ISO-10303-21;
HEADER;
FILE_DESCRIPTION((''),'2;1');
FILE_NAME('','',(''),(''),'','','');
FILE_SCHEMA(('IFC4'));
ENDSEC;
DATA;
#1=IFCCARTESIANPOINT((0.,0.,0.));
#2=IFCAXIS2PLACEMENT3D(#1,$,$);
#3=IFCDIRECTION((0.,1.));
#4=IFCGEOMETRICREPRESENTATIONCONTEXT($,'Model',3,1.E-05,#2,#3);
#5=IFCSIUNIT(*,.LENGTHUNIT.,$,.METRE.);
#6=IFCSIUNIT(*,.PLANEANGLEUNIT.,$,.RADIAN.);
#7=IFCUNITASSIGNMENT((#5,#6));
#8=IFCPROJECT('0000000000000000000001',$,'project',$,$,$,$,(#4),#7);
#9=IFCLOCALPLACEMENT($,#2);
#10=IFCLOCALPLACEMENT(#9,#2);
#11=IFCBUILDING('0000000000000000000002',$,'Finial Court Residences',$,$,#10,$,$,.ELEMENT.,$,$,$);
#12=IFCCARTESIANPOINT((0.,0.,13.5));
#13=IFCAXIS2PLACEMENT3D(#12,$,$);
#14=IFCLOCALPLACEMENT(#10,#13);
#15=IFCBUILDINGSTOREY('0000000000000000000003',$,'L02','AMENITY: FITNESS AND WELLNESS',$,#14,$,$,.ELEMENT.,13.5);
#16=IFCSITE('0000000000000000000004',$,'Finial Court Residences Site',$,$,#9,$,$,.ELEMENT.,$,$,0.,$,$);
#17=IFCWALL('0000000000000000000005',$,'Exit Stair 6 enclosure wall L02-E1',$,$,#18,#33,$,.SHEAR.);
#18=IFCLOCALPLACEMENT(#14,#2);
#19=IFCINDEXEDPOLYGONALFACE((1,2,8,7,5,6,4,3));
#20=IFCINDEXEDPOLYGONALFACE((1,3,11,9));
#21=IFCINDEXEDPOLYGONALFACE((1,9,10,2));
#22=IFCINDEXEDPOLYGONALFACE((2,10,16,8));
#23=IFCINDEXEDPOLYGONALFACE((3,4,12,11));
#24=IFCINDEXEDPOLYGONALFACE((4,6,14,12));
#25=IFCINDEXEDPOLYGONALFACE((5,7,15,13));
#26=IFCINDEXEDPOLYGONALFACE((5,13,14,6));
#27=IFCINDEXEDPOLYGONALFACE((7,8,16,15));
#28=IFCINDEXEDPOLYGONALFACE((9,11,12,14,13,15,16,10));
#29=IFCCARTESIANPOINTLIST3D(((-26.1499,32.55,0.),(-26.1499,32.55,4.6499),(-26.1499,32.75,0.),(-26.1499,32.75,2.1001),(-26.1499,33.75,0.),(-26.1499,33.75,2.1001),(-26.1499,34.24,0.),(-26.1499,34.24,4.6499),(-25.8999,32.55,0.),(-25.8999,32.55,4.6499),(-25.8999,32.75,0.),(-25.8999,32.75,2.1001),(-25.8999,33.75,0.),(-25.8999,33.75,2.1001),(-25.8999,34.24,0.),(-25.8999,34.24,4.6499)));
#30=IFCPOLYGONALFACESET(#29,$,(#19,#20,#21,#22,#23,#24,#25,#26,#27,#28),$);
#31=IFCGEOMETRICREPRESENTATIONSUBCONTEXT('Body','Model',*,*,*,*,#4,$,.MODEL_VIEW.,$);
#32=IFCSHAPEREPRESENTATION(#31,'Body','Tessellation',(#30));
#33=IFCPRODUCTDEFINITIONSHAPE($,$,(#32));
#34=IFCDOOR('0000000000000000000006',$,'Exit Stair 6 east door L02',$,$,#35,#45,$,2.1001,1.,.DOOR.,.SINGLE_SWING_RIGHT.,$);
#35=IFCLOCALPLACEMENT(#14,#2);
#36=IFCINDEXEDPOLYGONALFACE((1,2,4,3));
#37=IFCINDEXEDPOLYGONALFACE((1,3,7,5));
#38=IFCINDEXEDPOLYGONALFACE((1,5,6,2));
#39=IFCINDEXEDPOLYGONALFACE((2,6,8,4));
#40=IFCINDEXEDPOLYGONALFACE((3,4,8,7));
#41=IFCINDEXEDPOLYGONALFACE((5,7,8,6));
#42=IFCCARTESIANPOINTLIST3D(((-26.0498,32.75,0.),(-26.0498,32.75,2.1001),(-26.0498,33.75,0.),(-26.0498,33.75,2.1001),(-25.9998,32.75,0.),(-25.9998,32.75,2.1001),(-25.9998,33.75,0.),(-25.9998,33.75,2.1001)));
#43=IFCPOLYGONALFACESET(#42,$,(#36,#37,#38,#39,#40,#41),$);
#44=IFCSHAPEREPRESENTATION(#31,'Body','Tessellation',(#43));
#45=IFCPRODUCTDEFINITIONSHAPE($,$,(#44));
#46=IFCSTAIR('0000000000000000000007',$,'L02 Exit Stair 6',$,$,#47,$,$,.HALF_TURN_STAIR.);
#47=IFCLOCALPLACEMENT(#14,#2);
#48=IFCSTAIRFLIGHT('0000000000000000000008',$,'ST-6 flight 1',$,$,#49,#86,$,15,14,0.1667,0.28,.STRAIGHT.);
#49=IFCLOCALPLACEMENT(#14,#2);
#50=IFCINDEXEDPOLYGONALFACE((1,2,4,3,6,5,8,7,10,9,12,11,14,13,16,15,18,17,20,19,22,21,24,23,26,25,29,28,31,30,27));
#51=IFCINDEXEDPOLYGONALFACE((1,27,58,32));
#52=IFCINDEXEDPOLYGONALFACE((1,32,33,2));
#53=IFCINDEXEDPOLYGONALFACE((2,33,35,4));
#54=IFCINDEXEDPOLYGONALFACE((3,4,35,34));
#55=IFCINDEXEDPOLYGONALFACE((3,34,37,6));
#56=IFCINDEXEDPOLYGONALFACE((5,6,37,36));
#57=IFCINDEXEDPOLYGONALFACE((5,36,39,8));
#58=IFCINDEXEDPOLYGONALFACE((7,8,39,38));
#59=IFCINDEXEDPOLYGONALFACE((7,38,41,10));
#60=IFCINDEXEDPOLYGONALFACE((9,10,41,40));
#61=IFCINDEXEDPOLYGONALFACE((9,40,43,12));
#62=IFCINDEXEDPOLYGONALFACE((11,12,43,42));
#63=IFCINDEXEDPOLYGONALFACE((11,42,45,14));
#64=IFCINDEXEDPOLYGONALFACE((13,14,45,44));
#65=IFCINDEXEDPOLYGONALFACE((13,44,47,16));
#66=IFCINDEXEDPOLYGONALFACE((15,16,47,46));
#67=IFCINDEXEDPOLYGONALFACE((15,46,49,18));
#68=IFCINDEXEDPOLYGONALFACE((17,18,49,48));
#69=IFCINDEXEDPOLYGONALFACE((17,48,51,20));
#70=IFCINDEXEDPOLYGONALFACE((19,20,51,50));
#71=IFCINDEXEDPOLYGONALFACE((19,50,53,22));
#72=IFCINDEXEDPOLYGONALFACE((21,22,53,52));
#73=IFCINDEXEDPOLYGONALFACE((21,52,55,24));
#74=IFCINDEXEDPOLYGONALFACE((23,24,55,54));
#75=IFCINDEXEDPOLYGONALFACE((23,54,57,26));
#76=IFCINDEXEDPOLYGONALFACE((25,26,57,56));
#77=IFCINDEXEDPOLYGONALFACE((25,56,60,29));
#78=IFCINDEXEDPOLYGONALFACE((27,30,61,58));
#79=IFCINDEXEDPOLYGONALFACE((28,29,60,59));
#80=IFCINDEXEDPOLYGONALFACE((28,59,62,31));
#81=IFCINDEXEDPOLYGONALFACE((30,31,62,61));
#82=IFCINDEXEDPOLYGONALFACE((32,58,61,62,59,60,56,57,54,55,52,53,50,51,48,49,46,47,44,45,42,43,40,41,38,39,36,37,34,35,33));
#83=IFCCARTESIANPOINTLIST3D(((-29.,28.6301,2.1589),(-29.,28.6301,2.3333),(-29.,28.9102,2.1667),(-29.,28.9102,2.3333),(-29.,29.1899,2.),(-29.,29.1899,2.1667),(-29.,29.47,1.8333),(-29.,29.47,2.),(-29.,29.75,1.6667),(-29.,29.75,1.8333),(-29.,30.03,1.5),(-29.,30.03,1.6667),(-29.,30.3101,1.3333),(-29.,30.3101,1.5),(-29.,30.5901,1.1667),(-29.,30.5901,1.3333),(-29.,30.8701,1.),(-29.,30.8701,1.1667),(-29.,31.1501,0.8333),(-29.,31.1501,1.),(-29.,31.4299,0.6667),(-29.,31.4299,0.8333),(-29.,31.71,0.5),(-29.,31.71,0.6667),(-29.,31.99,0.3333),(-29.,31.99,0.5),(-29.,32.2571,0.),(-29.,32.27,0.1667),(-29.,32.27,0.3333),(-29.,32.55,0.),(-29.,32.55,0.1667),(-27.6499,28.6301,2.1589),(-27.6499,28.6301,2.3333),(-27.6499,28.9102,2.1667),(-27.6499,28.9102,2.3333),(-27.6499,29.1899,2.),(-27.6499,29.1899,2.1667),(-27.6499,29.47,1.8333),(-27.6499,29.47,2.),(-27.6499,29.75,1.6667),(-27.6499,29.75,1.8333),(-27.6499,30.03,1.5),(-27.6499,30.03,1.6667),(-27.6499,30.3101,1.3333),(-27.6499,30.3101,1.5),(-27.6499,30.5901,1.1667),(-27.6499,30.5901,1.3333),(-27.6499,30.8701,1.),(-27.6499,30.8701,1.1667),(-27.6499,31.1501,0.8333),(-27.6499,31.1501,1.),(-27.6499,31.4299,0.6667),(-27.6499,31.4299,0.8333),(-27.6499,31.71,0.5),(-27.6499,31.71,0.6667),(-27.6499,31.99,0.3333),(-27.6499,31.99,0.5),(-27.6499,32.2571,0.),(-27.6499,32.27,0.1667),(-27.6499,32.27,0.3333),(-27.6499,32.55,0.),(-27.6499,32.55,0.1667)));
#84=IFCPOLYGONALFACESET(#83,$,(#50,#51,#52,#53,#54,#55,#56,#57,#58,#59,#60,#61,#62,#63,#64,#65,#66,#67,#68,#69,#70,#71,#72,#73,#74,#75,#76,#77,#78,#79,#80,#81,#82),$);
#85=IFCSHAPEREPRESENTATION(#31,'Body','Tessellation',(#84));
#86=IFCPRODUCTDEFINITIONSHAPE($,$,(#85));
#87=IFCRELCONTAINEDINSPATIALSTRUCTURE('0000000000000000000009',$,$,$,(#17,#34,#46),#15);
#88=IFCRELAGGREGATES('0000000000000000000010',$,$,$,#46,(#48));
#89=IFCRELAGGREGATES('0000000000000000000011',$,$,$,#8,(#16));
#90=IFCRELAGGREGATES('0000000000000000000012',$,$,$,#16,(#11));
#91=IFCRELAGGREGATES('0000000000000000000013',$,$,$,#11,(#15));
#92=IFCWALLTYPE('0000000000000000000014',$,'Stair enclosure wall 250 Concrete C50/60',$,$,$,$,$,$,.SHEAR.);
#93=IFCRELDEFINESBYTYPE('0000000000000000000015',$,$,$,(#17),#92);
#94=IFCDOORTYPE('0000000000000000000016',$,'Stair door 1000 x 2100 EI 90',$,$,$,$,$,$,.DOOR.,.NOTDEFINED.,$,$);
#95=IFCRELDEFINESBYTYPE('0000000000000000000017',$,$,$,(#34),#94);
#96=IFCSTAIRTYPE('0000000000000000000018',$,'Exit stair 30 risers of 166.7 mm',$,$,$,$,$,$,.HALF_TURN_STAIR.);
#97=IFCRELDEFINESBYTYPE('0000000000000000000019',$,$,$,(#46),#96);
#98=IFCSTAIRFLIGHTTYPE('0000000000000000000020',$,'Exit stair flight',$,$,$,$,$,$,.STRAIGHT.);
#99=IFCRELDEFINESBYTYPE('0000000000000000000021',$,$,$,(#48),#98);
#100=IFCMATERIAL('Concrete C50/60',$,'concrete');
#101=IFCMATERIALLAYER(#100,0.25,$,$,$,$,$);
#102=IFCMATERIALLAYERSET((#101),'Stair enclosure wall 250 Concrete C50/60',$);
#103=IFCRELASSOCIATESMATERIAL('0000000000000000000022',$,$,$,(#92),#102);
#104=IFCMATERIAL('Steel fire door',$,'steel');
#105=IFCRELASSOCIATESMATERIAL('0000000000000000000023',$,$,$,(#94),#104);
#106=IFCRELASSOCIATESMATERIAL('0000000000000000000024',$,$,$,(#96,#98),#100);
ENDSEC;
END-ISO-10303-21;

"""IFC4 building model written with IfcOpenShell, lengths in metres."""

from ifc_helpers import new_model, si_unit, direction, frame, frame_2d, origin, place, context, subcontext, project, spatial, polyline, rectangle, outline, extrude, material, layer, layer_set, type_object, element, fill, aggregate, save


model = new_model("IFC4")

# Units and contexts
model_context = context("Model", 3, precision=1e-05, world=origin(), true_north=direction((0.0, 1.0)))
body_context = subcontext(model_context, "Body", "Model", "MODEL_VIEW")
ifc_project = project(units=[si_unit("LENGTHUNIT", "METRE"), si_unit("PLANEANGLEUNIT", "RADIAN")], contexts=[model_context])

# Site, building, storey
site_placement = place(None, origin())
site = spatial("IfcSite", under=ifc_project, at=site_placement, Name="Finial Court Residences Site", CompositionType="ELEMENT", RefElevation=0.0)
building_placement = place(site_placement, origin())
building = spatial("IfcBuilding", under=site, at=building_placement, Name="Finial Court Residences", CompositionType="ELEMENT")
storey_placement = place(building_placement, frame((0.0, 0.0, 13.5)))
storey = spatial("IfcBuildingStorey", under=building, at=storey_placement, Name="L02", Description="AMENITY: FITNESS AND WELLNESS", CompositionType="ELEMENT", Elevation=13.5)

# Wall, opening, door
ifc_material_1 = material(Name="Concrete C50/60", Category="concrete")
ifc_layer_1 = layer(ifc_material_1, 0.25)
ifc_layer_set_1 = layer_set([ifc_layer_1], Name="Stair enclosure wall 250 Concrete C50/60")
wall_type = type_object("IfcWallType", Name="Stair enclosure wall 250 Concrete C50/60", PredefinedType="SHEAR", material=ifc_layer_set_1)
ifc_material_2 = material(Name="Steel fire door", Category="steel")
door_type = type_object("IfcDoorType", Name="Stair door 1000 x 2100 EI 90", OperationType="NOTDEFINED", PredefinedType="DOOR", material=ifc_material_2)
wall_1_placement = place(storey_placement, frame((-26.0249, 32.55, 0.0), z_axis=(0.0, 0.0, 1.0), x_axis=(0.0, 1.0, 0.0)))
wall_1 = element("IfcWall", 1, at=wall_1_placement, inside=storey, type_object=wall_type, Name="Exit Stair 6 enclosure wall L02-E1", PredefinedType="SHEAR", context=body_context, shape_type="SweptSolid", body=[
    extrude(rectangle(XDim=1.6899, YDim=0.25, at=frame_2d((0.845, 0.0))), origin(), (0.0, 0.0, 1.0), 4.6499),
])
opening_1_placement = place(wall_1_placement, frame((0.2, 0.0, 0.0)))
opening_1 = element("IfcOpeningElement", 2, at=opening_1_placement, cuts=wall_1, PredefinedType="OPENING", context=body_context, shape_type="SweptSolid", body=[
    extrude(rectangle(XDim=1.0, YDim=2.1001, at=frame_2d((0.5, 1.05))), frame((0.0, 0.135, 0.0), z_axis=(0.0, -1.0, 0.0), x_axis=(1.0, 0.0, 0.0)), (0.0, 0.0, 1.0), 0.27),
])
door_1_placement = place(opening_1_placement, origin())
door_1 = element("IfcDoor", 3, at=door_1_placement, inside=storey, type_object=door_type, Name="Exit Stair 6 east door L02", OperationType="SINGLE_SWING_RIGHT", OverallHeight=2.1001, OverallWidth=1.0, PredefinedType="DOOR", context=body_context, shape_type="SweptSolid", body=[
    extrude(rectangle(XDim=1.0, YDim=2.1001, at=frame_2d((0.5, 1.05))), frame((0.0, 0.0249, 0.0), z_axis=(0.0, -1.0, 0.0), x_axis=(1.0, 0.0, 0.0)), (0.0, 0.0, 1.0), 0.05),
])
fill(opening_1, door_1)

# Stair, stair flight
stair_type = type_object("IfcStairType", Name="Exit stair 30 risers of 166.7 mm", PredefinedType="HALF_TURN_STAIR", material=ifc_material_1)
stair_placement = place(storey_placement, origin())
stair = element("IfcStair", 4, at=stair_placement, inside=storey, type_object=stair_type, Name="L02 Exit Stair 6", PredefinedType="HALF_TURN_STAIR")
stair_flight_type = type_object("IfcStairFlightType", Name="Exit stair flight", PredefinedType="STRAIGHT", material=ifc_material_1)
stair_flight_placement = place(storey_placement, frame((-28.325, 32.55, 0.0), z_axis=(0.0, 0.0, 1.0), x_axis=(0.0, -1.0, 0.0)))
stair_flight = element("IfcStairFlight", 5, at=stair_flight_placement, type_object=stair_flight_type, Name="ST-6 flight 1", NumberOfRisers=15, NumberOfTreads=14, PredefinedType="STRAIGHT", RiserHeight=0.1667, TreadLength=0.28, context=body_context, shape_type="SweptSolid", body=[
    extrude(outline(polyline([(0.0, 0.0), (0.0, 0.1667), (0.28, 0.1667), (0.28, 0.3333), (0.5601, 0.3333), (0.5601, 0.5), (0.8401, 0.5), (0.8401, 0.6667), (1.1201, 0.6667), (1.1201, 0.8333), (1.3999, 0.8333), (1.3999, 1.0), (1.6799, 1.0), (1.6799, 1.1667), (1.96, 1.1667), (1.96, 1.3333), (2.24, 1.3333), (2.24, 1.5), (2.52, 1.5), (2.52, 1.6667), (2.8, 1.6667), (2.8, 1.8333), (3.0801, 1.8333), (3.0801, 2.0), (3.3601, 2.0), (3.3601, 2.1667), (3.6399, 2.1667), (3.6399, 2.3333), (3.9199, 2.3333), (3.9199, 2.5), (3.9199, 2.1589), (0.293, 0.0), (0.0, 0.0)])), frame((0.0, 0.675, 0.0), z_axis=(0.0, -1.0, 0.0), x_axis=(1.0, 0.0, 0.0)), (0.0, 0.0, 1.0), 1.3501),
])
aggregate(stair, [stair_flight])

save(model, "model.ifc")
